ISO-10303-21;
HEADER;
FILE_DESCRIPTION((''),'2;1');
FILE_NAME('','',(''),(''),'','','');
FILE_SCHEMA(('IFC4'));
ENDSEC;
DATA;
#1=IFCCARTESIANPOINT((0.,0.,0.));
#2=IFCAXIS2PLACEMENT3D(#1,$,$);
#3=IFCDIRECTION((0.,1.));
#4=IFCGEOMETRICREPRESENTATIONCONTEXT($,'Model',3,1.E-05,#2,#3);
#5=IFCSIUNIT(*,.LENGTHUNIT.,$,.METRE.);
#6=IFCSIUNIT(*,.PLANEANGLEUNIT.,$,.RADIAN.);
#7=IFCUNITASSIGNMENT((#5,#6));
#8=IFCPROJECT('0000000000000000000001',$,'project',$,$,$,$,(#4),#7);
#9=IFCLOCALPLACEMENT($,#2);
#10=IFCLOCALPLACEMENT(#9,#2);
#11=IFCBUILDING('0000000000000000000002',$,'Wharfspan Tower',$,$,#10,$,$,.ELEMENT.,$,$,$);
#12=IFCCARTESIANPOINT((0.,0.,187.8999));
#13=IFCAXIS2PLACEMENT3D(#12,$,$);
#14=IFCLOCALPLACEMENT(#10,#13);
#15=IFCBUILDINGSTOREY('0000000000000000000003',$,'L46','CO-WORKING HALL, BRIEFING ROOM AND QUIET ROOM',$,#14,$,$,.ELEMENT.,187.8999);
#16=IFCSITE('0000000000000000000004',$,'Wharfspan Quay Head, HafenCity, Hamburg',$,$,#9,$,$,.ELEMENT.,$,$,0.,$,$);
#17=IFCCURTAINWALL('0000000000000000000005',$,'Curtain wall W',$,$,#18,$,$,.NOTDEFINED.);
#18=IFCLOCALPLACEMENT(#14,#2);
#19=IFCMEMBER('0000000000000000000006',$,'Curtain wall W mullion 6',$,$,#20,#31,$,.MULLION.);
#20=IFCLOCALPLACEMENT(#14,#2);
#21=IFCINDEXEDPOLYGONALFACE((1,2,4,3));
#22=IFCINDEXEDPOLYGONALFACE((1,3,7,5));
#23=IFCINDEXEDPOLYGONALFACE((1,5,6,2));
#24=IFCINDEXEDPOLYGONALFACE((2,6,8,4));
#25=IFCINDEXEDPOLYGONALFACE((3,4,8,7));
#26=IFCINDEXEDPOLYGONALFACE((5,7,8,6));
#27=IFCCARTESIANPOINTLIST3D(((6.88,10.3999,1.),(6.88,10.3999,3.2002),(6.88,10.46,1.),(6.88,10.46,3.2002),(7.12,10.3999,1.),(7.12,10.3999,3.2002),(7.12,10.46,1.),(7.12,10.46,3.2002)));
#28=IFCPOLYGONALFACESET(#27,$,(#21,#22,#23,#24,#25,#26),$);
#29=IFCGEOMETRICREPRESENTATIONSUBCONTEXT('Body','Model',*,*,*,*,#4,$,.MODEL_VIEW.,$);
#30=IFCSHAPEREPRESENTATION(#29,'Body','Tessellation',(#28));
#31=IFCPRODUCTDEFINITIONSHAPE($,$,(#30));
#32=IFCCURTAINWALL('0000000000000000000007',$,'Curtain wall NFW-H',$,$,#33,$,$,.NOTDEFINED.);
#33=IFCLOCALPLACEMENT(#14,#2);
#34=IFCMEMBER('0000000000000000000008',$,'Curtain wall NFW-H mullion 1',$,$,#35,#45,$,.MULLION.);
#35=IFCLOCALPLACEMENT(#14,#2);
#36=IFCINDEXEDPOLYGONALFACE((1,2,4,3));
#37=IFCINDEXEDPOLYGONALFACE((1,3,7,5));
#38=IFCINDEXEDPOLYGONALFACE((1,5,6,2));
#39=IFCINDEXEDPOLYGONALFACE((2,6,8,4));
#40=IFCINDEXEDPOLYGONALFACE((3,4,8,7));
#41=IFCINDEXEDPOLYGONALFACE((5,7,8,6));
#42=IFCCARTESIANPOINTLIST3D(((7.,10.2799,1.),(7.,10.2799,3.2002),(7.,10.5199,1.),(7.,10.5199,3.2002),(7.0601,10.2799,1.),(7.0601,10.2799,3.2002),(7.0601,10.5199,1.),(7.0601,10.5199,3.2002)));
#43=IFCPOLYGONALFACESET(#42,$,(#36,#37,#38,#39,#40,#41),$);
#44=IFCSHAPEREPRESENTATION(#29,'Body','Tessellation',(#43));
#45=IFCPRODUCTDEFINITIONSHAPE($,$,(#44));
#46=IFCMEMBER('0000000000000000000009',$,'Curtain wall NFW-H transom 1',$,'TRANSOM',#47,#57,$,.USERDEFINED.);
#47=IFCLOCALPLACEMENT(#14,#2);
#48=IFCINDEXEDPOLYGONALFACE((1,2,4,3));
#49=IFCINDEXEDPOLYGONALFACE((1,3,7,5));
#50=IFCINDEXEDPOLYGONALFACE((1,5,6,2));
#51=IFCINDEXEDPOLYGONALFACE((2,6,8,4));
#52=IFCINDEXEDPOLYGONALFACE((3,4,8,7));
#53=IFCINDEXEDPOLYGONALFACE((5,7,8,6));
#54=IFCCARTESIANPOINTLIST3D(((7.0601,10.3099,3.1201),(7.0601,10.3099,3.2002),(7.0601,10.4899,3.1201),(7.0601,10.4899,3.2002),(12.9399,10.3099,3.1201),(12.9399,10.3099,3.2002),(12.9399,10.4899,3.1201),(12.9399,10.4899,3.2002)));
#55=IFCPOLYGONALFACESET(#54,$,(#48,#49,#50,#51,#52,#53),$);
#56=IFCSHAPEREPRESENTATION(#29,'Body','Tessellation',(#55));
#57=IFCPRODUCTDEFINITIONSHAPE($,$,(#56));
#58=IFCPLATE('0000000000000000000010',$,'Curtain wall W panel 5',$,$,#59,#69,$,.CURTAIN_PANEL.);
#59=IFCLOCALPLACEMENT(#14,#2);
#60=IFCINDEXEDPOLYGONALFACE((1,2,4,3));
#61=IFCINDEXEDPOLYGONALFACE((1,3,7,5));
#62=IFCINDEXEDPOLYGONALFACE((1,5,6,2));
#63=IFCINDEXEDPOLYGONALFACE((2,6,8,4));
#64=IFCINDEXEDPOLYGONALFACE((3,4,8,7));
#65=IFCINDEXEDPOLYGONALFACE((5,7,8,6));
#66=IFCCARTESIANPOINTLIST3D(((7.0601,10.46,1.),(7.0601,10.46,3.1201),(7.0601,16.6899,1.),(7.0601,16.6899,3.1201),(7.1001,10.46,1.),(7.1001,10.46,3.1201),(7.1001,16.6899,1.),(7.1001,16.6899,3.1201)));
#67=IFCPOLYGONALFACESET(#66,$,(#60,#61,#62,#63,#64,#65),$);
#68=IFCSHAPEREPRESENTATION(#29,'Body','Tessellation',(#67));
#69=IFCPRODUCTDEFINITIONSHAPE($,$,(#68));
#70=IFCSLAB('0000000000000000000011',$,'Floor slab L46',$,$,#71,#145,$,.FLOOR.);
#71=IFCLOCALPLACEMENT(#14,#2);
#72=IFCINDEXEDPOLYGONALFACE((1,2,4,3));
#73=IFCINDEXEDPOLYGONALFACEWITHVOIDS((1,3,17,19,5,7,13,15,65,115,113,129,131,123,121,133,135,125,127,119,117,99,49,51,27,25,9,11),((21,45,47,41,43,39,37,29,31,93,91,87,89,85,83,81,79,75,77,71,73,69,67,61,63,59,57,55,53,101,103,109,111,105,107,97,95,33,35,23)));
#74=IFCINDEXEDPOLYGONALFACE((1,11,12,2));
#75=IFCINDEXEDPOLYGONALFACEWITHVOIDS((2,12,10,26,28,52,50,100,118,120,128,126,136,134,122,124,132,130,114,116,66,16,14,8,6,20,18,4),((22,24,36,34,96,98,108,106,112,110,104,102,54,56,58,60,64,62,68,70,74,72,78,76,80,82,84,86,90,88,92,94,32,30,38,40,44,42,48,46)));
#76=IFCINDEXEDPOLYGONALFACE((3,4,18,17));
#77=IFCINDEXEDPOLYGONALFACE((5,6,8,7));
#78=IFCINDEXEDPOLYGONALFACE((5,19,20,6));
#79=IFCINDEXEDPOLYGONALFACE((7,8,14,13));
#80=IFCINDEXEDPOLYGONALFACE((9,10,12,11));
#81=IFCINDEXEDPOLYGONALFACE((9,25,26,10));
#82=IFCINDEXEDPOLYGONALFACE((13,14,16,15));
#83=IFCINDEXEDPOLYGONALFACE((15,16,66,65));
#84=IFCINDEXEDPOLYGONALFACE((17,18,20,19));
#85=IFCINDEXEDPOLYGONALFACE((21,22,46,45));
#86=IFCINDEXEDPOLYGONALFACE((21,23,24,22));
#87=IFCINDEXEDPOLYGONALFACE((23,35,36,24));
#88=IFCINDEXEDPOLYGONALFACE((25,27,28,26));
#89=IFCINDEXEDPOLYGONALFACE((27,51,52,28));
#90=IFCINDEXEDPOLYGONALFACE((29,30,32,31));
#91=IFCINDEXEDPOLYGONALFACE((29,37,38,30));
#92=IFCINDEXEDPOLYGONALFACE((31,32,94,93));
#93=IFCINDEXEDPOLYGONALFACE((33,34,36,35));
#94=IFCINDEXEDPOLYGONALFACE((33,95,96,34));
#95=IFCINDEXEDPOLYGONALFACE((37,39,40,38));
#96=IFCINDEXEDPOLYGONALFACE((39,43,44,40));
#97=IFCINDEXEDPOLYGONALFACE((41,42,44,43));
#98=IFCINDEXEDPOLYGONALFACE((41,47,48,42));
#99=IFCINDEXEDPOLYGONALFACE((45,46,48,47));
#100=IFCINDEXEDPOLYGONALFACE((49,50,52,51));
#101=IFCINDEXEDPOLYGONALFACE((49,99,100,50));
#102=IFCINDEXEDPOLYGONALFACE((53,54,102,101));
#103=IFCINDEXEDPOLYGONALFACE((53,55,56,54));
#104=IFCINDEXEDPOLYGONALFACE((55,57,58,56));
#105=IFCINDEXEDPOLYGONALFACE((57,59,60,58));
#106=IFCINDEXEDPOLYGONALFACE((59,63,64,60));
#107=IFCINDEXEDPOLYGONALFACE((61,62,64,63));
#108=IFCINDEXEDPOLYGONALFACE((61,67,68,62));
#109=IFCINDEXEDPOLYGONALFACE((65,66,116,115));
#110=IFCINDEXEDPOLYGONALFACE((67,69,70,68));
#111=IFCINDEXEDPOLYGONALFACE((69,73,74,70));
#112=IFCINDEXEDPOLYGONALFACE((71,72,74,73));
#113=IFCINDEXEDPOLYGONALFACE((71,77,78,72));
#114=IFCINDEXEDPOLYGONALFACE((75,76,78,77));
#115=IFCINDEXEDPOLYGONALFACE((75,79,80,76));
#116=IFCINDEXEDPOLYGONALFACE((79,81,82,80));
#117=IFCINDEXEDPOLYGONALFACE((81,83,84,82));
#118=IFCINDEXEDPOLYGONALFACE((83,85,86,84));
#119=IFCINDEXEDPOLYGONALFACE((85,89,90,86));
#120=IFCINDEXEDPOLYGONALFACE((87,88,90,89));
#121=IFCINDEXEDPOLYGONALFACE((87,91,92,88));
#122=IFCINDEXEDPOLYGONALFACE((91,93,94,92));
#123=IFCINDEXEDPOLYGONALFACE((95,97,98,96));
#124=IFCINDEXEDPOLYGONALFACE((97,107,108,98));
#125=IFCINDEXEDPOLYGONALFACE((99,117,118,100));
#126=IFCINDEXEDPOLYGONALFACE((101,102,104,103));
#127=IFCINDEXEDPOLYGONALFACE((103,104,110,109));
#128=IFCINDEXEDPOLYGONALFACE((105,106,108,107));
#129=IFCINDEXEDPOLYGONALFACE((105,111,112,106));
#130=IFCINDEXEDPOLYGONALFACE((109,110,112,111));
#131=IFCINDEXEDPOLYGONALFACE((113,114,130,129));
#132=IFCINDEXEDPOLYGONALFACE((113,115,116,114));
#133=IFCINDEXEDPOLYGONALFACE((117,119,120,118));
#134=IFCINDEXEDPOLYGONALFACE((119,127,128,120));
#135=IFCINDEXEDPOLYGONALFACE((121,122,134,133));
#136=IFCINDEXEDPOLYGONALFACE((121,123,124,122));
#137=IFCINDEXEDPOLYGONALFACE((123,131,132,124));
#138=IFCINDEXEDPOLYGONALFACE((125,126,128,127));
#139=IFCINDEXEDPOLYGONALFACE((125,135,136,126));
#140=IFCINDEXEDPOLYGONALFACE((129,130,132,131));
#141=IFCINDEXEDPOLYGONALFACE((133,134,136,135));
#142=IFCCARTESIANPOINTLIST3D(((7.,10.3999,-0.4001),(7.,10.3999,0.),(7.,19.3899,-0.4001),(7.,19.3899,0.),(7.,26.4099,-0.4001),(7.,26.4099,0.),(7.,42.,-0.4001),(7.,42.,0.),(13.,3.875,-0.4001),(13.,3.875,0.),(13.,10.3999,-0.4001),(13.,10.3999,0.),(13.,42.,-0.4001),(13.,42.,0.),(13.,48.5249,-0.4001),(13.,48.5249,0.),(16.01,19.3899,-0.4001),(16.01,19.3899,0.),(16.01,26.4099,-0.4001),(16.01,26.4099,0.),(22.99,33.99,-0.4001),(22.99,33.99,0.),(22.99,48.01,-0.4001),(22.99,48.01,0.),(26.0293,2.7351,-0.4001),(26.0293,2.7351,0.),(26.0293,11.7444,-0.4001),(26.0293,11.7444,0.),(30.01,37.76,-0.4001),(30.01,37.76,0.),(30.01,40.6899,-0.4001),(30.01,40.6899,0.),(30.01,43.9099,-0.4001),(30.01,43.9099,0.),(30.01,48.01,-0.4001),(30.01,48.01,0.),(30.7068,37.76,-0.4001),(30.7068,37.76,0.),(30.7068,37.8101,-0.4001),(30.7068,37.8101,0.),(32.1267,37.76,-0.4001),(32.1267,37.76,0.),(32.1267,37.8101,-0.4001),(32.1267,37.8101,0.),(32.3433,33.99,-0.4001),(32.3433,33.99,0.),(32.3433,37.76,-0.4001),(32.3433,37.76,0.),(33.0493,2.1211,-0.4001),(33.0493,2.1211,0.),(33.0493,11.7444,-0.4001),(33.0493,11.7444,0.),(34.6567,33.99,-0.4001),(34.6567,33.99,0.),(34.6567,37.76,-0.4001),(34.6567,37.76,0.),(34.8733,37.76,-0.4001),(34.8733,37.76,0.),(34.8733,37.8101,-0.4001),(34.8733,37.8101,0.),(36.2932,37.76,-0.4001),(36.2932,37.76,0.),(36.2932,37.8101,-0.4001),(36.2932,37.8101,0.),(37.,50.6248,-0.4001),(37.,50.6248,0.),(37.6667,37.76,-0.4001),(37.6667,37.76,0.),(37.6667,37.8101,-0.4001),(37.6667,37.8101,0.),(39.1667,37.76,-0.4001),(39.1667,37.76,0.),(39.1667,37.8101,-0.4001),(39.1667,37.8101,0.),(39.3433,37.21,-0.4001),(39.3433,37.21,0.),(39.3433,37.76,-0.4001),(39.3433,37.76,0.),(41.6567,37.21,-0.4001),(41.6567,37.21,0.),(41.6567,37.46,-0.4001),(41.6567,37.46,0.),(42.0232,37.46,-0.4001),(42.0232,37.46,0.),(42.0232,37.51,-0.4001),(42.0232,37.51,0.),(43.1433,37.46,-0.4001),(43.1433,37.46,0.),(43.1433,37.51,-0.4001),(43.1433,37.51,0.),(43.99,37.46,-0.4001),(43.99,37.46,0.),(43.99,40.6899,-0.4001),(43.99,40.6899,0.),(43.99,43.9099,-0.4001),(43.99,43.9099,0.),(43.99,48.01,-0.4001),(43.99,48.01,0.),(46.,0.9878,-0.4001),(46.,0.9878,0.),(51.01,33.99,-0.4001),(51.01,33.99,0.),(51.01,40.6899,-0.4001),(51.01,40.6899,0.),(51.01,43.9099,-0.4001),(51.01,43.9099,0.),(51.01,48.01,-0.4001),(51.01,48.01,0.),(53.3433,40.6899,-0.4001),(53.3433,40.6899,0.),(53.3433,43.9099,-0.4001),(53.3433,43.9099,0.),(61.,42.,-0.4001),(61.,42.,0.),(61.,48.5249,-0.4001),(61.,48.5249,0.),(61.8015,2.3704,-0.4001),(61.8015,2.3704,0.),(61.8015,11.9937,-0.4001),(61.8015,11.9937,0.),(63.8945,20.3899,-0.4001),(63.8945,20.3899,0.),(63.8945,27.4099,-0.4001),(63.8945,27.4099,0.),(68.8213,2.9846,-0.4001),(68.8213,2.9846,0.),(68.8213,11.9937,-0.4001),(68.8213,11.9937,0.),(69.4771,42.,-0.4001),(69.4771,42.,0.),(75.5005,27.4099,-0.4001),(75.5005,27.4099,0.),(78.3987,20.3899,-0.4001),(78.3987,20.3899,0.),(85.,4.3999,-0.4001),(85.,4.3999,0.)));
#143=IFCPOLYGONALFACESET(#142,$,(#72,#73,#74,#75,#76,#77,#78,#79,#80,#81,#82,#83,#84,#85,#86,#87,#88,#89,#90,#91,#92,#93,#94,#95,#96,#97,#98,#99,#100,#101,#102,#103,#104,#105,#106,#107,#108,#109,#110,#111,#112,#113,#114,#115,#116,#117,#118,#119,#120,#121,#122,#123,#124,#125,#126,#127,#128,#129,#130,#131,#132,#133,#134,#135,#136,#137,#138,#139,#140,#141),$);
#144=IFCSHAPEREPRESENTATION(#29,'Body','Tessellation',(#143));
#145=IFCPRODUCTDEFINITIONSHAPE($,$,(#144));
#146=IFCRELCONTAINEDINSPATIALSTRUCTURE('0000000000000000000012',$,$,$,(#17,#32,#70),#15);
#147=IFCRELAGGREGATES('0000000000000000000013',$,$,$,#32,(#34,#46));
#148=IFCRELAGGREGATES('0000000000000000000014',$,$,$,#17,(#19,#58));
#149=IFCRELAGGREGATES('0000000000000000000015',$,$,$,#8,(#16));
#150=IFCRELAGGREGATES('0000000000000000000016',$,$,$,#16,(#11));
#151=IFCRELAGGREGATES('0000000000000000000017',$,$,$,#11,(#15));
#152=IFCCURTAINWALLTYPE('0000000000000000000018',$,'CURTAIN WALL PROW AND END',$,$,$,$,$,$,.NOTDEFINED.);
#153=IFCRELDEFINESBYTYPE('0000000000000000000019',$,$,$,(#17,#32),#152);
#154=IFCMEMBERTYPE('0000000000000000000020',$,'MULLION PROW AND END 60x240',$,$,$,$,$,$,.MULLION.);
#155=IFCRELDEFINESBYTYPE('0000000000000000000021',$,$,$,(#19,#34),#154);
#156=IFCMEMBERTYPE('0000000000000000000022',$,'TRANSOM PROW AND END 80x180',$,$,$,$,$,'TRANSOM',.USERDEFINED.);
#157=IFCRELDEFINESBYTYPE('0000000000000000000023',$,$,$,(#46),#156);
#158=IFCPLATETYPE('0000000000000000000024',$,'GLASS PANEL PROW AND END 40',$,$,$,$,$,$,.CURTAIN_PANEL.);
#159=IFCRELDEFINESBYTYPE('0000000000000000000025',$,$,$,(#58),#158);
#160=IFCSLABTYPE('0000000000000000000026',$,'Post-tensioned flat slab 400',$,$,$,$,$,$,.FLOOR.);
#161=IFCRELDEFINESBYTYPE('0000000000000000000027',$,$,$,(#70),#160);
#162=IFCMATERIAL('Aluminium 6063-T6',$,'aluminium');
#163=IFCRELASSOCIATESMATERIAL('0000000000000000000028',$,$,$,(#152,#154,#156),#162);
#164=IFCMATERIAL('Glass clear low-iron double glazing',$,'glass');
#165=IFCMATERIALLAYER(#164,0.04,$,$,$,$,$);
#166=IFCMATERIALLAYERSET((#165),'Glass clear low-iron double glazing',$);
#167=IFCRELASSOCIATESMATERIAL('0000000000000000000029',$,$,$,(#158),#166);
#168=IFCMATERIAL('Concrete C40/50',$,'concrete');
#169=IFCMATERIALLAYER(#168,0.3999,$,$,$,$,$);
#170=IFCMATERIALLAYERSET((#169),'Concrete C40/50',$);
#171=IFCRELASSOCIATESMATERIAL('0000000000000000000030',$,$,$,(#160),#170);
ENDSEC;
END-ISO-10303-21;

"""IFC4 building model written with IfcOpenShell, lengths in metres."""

from ifc_helpers import new_model, si_unit, direction, frame, origin, origin_2d, place, context, subcontext, project, spatial, polyline, rectangle, outline, extrude, material, layer, layer_set, material_profile, profile_set, type_object, element, aggregate, save


model = new_model("IFC4")

# Units and contexts
model_context = context("Model", 3, precision=1e-05, world=origin(), true_north=direction((0.0, 1.0)))
body_context = subcontext(model_context, "Body", "Model", "MODEL_VIEW")
ifc_project = project(units=[si_unit("LENGTHUNIT", "METRE"), si_unit("PLANEANGLEUNIT", "RADIAN")], contexts=[model_context])

# Site, building, storey
site_placement = place(None, origin())
site = spatial("IfcSite", under=ifc_project, at=site_placement, Name="Wharfspan Quay Head, HafenCity, Hamburg", CompositionType="ELEMENT", RefElevation=0.0)
building_placement = place(site_placement, origin())
building = spatial("IfcBuilding", under=site, at=building_placement, Name="Wharfspan Tower", CompositionType="ELEMENT")
storey_placement = place(building_placement, frame((0.0, 0.0, 187.8999)))
storey = spatial("IfcBuildingStorey", under=building, at=storey_placement, Name="L46", Description="CO-WORKING HALL, BRIEFING ROOM AND QUIET ROOM", CompositionType="ELEMENT", Elevation=187.8999)

# Curtain wall, member
ifc_material_1 = material(Name="Aluminium 6063-T6", Category="aluminium")
curtain_wall_type = type_object("IfcCurtainWallType", Name="CURTAIN WALL PROW AND END", PredefinedType="NOTDEFINED", material=ifc_material_1)
curtain_wall_1_placement = place(storey_placement, origin())
curtain_wall_1 = element("IfcCurtainWall", 1, at=curtain_wall_1_placement, inside=storey, type_object=curtain_wall_type, Name="Curtain wall W", PredefinedType="NOTDEFINED")
ifc_material_profile_1 = material_profile(ifc_material_1, rectangle(XDim=0.24, YDim=0.0601, at=origin_2d()))
ifc_profile_set_1 = profile_set([ifc_material_profile_1], Name="Aluminium 6063-T6")
member_type_1 = type_object("IfcMemberType", Name="MULLION PROW AND END 60x240", PredefinedType="MULLION", material=ifc_profile_set_1)
member_1_placement = place(storey_placement, frame((7.0, 10.4299, 1.0), z_axis=(0.0, 0.0, 1.0), x_axis=(1.0, 0.0, 0.0)))
member_1 = element("IfcMember", 2, at=member_1_placement, type_object=member_type_1, Name="Curtain wall W mullion 6", PredefinedType="MULLION", context=body_context, shape_type="SweptSolid", body=[
    extrude(rectangle(XDim=0.24, YDim=0.0601, at=origin_2d()), origin(), (0.0, 0.0, 1.0), 2.2002),
])

# Curtain wall, members
curtain_wall_2_placement = place(storey_placement, origin())
curtain_wall_2 = element("IfcCurtainWall", 3, at=curtain_wall_2_placement, inside=storey, type_object=curtain_wall_type, Name="Curtain wall NFW-H", PredefinedType="NOTDEFINED")
member_2_placement = place(storey_placement, frame((7.03, 10.3999, 1.0), z_axis=(0.0, 0.0, 1.0), x_axis=(0.0, 1.0, 0.0)))
member_2 = element("IfcMember", 4, at=member_2_placement, type_object=member_type_1, Name="Curtain wall NFW-H mullion 1", PredefinedType="MULLION", context=body_context, shape_type="SweptSolid", body=[
    extrude(rectangle(XDim=0.24, YDim=0.0601, at=origin_2d()), origin(), (0.0, 0.0, 1.0), 2.2002),
])
ifc_material_profile_2 = material_profile(ifc_material_1, rectangle(XDim=0.1799, YDim=0.0801, at=origin_2d()))
ifc_profile_set_2 = profile_set([ifc_material_profile_2], Name="Aluminium 6063-T6")
member_type_2 = type_object("IfcMemberType", Name="TRANSOM PROW AND END 80x180", ElementType="TRANSOM", PredefinedType="USERDEFINED", material=ifc_profile_set_2)
member_3_placement = place(storey_placement, frame((7.0601, 10.3999, 3.1602), z_axis=(1.0, 0.0, 0.0), x_axis=(0.0, 1.0, 0.0)))
member_3 = element("IfcMember", 5, at=member_3_placement, type_object=member_type_2, Name="Curtain wall NFW-H transom 1", ObjectType="TRANSOM", PredefinedType="USERDEFINED", context=body_context, shape_type="SweptSolid", body=[
    extrude(rectangle(XDim=0.1799, YDim=0.0801, at=origin_2d()), origin(), (0.0, 0.0, 1.0), 5.8799),
])
aggregate(curtain_wall_2, [member_2, member_3])

# Plate
ifc_material_2 = material(Name="Glass clear low-iron double glazing", Category="glass")
ifc_layer_1 = layer(ifc_material_2, 0.04)
ifc_layer_set_1 = layer_set([ifc_layer_1], Name="Glass clear low-iron double glazing")
plate_type = type_object("IfcPlateType", Name="GLASS PANEL PROW AND END 40", PredefinedType="CURTAIN_PANEL", material=ifc_layer_set_1)
plate_placement = place(storey_placement, frame((7.0801, 13.575, 1.0), z_axis=(0.0, 0.0, 1.0), x_axis=(0.0, -1.0, 0.0)))
plate = element("IfcPlate", 6, at=plate_placement, type_object=plate_type, Name="Curtain wall W panel 5", PredefinedType="CURTAIN_PANEL", context=body_context, shape_type="SweptSolid", body=[
    extrude(rectangle(XDim=6.23, YDim=0.04, at=origin_2d()), origin(), (0.0, 0.0, 1.0), 2.1201),
])
aggregate(curtain_wall_1, [member_1, plate])

# Slab
ifc_material_3 = material(Name="Concrete C40/50", Category="concrete")
ifc_layer_2 = layer(ifc_material_3, 0.3999)
ifc_layer_set_2 = layer_set([ifc_layer_2], Name="Concrete C40/50")
slab_type_1 = type_object("IfcSlabType", Name="Post-tensioned flat slab 400", PredefinedType="FLOOR", material=ifc_layer_set_2)
slab_1_placement = place(storey_placement, frame((0.0, 0.0, -0.4001)))
element("IfcSlab", 7, at=slab_1_placement, inside=storey, type_object=slab_type_1, Name="Floor slab L46", PredefinedType="FLOOR", context=body_context, shape_type="SweptSolid", body=[
    extrude(outline(polyline([(26.0293, 2.7351), (26.0293, 11.7444), (33.0493, 11.7444), (33.0493, 2.1211), (46.0, 0.9878), (61.8015, 2.3704), (61.8015, 11.9937), (68.8213, 11.9937), (68.8213, 2.9846), (85.0, 4.3999), (78.3987, 20.3899), (63.8945, 20.3899), (63.8945, 27.4099), (75.5005, 27.4099), (69.4771, 42.0), (61.0, 42.0), (61.0, 48.5249), (37.0, 50.6248), (13.0, 48.5249), (13.0, 42.0), (7.0, 42.0), (7.0, 26.4099), (16.01, 26.4099), (16.01, 19.3899), (7.0, 19.3899), (7.0, 10.3999), (13.0, 10.3999), (13.0, 3.875), (26.0293, 2.7351)]), holes=[polyline([(32.1267, 37.76), (32.3433, 37.76), (32.3433, 33.99), (22.99, 33.99), (22.99, 48.01), (30.01, 48.01), (30.01, 43.9099), (43.99, 43.9099), (43.99, 48.01), (51.01, 48.01), (51.01, 43.9099), (53.3433, 43.9099), (53.3433, 40.6899), (51.01, 40.6899), (51.01, 33.99), (34.6567, 33.99), (34.6567, 37.76), (34.8733, 37.76), (34.8733, 37.8101), (36.2932, 37.8101), (36.2932, 37.76), (37.6667, 37.76), (37.6667, 37.8101), (39.1667, 37.8101), (39.1667, 37.76), (39.3433, 37.76), (39.3433, 37.21), (41.6567, 37.21), (41.6567, 37.46), (42.0232, 37.46), (42.0232, 37.51), (43.1433, 37.51), (43.1433, 37.46), (43.99, 37.46), (43.99, 40.6899), (30.01, 40.6899), (30.01, 37.76), (30.7068, 37.76), (30.7068, 37.8101), (32.1267, 37.8101), (32.1267, 37.76)])]), origin(), (0.0, 0.0, 1.0), 0.4001),
])

save(model, "model.ifc")
